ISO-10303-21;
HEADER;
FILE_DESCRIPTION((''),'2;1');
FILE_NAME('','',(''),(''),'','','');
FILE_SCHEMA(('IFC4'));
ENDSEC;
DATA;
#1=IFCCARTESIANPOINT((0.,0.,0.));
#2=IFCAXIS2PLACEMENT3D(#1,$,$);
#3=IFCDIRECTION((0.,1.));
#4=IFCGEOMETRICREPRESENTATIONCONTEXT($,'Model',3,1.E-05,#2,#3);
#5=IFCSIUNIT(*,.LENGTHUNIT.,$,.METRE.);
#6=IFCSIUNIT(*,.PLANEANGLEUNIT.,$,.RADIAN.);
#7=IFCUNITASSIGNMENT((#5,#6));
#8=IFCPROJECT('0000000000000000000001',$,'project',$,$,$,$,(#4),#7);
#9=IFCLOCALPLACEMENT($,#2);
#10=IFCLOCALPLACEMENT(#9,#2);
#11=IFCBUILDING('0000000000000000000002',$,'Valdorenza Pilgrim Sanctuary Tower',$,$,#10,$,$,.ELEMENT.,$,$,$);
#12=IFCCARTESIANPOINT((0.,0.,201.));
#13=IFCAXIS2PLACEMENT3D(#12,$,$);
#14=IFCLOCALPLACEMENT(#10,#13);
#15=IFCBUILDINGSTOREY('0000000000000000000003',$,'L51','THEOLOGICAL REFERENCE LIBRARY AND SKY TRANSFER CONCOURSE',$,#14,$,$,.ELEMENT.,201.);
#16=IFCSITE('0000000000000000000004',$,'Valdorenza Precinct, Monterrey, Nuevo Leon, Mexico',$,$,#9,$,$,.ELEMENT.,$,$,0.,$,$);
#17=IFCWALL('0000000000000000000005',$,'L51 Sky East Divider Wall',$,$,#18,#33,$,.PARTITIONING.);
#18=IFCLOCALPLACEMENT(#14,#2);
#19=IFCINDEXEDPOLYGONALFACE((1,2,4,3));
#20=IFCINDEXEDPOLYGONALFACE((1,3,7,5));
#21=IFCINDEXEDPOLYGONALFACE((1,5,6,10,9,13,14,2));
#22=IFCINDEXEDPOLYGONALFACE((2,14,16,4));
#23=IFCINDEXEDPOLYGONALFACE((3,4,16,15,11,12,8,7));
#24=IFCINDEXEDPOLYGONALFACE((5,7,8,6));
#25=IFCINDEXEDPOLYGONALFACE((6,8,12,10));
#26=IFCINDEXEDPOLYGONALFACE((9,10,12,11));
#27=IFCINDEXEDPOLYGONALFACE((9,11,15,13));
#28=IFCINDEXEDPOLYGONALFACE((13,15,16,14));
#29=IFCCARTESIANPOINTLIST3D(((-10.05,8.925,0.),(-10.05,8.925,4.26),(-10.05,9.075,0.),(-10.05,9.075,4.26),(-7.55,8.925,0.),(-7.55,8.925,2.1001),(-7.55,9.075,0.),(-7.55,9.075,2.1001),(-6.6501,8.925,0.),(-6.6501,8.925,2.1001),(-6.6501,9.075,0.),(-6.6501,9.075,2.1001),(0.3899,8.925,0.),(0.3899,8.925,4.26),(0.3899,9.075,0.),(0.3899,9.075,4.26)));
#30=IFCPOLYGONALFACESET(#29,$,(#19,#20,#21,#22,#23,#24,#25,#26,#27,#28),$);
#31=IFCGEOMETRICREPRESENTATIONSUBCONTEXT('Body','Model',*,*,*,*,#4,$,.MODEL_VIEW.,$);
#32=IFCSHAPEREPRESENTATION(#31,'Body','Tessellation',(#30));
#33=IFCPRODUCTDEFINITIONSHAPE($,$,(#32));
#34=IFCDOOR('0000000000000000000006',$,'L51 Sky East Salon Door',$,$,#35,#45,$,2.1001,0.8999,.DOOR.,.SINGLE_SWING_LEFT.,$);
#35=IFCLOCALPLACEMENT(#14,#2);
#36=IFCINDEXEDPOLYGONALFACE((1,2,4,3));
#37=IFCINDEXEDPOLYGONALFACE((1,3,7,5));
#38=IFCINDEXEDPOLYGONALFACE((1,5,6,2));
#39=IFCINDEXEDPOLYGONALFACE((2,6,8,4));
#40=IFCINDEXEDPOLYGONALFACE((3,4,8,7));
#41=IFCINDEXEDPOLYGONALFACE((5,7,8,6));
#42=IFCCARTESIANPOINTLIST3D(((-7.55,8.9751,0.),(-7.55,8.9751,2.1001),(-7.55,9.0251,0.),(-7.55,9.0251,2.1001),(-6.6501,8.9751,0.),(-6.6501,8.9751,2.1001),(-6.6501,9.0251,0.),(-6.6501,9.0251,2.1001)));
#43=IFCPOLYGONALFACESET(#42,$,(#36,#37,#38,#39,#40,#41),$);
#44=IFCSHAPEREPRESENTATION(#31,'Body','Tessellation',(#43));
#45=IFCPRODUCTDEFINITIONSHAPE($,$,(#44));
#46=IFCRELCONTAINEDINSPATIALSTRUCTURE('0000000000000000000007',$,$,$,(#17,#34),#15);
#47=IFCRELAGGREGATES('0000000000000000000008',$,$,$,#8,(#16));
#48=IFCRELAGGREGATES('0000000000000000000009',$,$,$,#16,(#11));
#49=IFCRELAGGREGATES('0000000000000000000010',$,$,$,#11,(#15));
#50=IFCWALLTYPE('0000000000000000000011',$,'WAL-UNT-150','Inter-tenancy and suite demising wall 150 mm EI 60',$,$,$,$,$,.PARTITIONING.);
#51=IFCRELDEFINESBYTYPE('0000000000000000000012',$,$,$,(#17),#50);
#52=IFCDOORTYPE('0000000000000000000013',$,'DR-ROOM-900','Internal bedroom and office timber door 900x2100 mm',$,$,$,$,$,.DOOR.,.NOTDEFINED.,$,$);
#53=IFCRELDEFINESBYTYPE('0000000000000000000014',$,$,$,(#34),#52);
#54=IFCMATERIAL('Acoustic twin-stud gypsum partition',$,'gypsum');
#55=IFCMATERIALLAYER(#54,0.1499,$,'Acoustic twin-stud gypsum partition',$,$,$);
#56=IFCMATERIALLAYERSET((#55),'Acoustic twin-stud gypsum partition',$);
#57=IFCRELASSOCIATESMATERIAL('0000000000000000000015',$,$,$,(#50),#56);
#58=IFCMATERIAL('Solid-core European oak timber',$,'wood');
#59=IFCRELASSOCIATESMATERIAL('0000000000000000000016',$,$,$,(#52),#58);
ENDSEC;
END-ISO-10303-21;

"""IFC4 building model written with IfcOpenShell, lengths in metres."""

from ifc_helpers import new_model, si_unit, direction, frame, frame_2d, origin, place, context, subcontext, project, spatial, rectangle, extrude, material, layer, layer_set, type_object, element, fill, save


model = new_model("IFC4")

# Units and contexts
model_context = context("Model", 3, precision=1e-05, world=origin(), true_north=direction((0.0, 1.0)))
body_context = subcontext(model_context, "Body", "Model", "MODEL_VIEW")
ifc_project = project(units=[si_unit("LENGTHUNIT", "METRE"), si_unit("PLANEANGLEUNIT", "RADIAN")], contexts=[model_context])

# Site, building, storey
site_placement = place(None, origin())
site = spatial("IfcSite", under=ifc_project, at=site_placement, Name="Valdorenza Precinct, Monterrey, Nuevo Leon, Mexico", CompositionType="ELEMENT", RefElevation=0.0)
building_placement = place(site_placement, origin())
building = spatial("IfcBuilding", under=site, at=building_placement, Name="Valdorenza Pilgrim Sanctuary Tower", CompositionType="ELEMENT")
storey_placement = place(building_placement, frame((0.0, 0.0, 201.0)))
storey = spatial("IfcBuildingStorey", under=building, at=storey_placement, Name="L51", Description="THEOLOGICAL REFERENCE LIBRARY AND SKY TRANSFER CONCOURSE", CompositionType="ELEMENT", Elevation=201.0)

# Shared definitions
ifc_material_1 = material(Name="Acoustic twin-stud gypsum partition", Category="gypsum")

# Wall, opening, door
ifc_layer_1 = layer(ifc_material_1, 0.1499, Name="Acoustic twin-stud gypsum partition")
ifc_layer_set_1 = layer_set([ifc_layer_1], Name="Acoustic twin-stud gypsum partition")
wall_type_1 = type_object("IfcWallType", Name="WAL-UNT-150", Description="Inter-tenancy and suite demising wall 150 mm EI 60", PredefinedType="PARTITIONING", material=ifc_layer_set_1)
wall_1_placement = place(storey_placement, frame((-10.05, 9.0, 0.0), z_axis=(0.0, 0.0, 1.0), x_axis=(1.0, 0.0, 0.0)))
wall_1 = element("IfcWall", 1, at=wall_1_placement, inside=storey, type_object=wall_type_1, Name="L51 Sky East Divider Wall", PredefinedType="PARTITIONING", context=body_context, shape_type="SweptSolid", body=[
    extrude(rectangle(XDim=10.4399, YDim=0.1499, at=frame_2d((5.22, 0.0))), origin(), (0.0, 0.0, 1.0), 4.26),
])
opening_1_placement = place(wall_1_placement, frame((2.5, 0.0, 0.0)))
opening_1 = element("IfcOpeningElement", 2, at=opening_1_placement, cuts=wall_1, PredefinedType="OPENING", context=body_context, shape_type="SweptSolid", body=[
    extrude(rectangle(XDim=0.8999, YDim=2.1001, at=frame_2d((0.45, 1.05))), frame((0.0, 0.0898, 0.0), z_axis=(0.0, -1.0, 0.0), x_axis=(1.0, 0.0, 0.0)), (0.0, 0.0, 1.0), 0.1797),
])
ifc_material_2 = material(Name="Solid-core European oak timber", Category="wood")
door_type_1 = type_object("IfcDoorType", Name="DR-ROOM-900", Description="Internal bedroom and office timber door 900x2100 mm", OperationType="NOTDEFINED", PredefinedType="DOOR", material=ifc_material_2)
door_1_placement = place(opening_1_placement, frame((0.8999, 0.0, 0.0), z_axis=(0.0, 0.0, 1.0), x_axis=(-1.0, 0.0, 0.0)))
door_1 = element("IfcDoor", 3, at=door_1_placement, inside=storey, type_object=door_type_1, Name="L51 Sky East Salon Door", OperationType="SINGLE_SWING_LEFT", OverallHeight=2.1001, OverallWidth=0.8999, PredefinedType="DOOR", context=body_context, shape_type="SweptSolid", body=[
    extrude(rectangle(XDim=0.8999, YDim=2.1001, at=frame_2d((0.45, 1.05))), frame((0.0, 0.0249, 0.0), z_axis=(0.0, -1.0, 0.0), x_axis=(1.0, 0.0, 0.0)), (0.0, 0.0, 1.0), 0.05),
])
fill(opening_1, door_1)

save(model, "model.ifc")
